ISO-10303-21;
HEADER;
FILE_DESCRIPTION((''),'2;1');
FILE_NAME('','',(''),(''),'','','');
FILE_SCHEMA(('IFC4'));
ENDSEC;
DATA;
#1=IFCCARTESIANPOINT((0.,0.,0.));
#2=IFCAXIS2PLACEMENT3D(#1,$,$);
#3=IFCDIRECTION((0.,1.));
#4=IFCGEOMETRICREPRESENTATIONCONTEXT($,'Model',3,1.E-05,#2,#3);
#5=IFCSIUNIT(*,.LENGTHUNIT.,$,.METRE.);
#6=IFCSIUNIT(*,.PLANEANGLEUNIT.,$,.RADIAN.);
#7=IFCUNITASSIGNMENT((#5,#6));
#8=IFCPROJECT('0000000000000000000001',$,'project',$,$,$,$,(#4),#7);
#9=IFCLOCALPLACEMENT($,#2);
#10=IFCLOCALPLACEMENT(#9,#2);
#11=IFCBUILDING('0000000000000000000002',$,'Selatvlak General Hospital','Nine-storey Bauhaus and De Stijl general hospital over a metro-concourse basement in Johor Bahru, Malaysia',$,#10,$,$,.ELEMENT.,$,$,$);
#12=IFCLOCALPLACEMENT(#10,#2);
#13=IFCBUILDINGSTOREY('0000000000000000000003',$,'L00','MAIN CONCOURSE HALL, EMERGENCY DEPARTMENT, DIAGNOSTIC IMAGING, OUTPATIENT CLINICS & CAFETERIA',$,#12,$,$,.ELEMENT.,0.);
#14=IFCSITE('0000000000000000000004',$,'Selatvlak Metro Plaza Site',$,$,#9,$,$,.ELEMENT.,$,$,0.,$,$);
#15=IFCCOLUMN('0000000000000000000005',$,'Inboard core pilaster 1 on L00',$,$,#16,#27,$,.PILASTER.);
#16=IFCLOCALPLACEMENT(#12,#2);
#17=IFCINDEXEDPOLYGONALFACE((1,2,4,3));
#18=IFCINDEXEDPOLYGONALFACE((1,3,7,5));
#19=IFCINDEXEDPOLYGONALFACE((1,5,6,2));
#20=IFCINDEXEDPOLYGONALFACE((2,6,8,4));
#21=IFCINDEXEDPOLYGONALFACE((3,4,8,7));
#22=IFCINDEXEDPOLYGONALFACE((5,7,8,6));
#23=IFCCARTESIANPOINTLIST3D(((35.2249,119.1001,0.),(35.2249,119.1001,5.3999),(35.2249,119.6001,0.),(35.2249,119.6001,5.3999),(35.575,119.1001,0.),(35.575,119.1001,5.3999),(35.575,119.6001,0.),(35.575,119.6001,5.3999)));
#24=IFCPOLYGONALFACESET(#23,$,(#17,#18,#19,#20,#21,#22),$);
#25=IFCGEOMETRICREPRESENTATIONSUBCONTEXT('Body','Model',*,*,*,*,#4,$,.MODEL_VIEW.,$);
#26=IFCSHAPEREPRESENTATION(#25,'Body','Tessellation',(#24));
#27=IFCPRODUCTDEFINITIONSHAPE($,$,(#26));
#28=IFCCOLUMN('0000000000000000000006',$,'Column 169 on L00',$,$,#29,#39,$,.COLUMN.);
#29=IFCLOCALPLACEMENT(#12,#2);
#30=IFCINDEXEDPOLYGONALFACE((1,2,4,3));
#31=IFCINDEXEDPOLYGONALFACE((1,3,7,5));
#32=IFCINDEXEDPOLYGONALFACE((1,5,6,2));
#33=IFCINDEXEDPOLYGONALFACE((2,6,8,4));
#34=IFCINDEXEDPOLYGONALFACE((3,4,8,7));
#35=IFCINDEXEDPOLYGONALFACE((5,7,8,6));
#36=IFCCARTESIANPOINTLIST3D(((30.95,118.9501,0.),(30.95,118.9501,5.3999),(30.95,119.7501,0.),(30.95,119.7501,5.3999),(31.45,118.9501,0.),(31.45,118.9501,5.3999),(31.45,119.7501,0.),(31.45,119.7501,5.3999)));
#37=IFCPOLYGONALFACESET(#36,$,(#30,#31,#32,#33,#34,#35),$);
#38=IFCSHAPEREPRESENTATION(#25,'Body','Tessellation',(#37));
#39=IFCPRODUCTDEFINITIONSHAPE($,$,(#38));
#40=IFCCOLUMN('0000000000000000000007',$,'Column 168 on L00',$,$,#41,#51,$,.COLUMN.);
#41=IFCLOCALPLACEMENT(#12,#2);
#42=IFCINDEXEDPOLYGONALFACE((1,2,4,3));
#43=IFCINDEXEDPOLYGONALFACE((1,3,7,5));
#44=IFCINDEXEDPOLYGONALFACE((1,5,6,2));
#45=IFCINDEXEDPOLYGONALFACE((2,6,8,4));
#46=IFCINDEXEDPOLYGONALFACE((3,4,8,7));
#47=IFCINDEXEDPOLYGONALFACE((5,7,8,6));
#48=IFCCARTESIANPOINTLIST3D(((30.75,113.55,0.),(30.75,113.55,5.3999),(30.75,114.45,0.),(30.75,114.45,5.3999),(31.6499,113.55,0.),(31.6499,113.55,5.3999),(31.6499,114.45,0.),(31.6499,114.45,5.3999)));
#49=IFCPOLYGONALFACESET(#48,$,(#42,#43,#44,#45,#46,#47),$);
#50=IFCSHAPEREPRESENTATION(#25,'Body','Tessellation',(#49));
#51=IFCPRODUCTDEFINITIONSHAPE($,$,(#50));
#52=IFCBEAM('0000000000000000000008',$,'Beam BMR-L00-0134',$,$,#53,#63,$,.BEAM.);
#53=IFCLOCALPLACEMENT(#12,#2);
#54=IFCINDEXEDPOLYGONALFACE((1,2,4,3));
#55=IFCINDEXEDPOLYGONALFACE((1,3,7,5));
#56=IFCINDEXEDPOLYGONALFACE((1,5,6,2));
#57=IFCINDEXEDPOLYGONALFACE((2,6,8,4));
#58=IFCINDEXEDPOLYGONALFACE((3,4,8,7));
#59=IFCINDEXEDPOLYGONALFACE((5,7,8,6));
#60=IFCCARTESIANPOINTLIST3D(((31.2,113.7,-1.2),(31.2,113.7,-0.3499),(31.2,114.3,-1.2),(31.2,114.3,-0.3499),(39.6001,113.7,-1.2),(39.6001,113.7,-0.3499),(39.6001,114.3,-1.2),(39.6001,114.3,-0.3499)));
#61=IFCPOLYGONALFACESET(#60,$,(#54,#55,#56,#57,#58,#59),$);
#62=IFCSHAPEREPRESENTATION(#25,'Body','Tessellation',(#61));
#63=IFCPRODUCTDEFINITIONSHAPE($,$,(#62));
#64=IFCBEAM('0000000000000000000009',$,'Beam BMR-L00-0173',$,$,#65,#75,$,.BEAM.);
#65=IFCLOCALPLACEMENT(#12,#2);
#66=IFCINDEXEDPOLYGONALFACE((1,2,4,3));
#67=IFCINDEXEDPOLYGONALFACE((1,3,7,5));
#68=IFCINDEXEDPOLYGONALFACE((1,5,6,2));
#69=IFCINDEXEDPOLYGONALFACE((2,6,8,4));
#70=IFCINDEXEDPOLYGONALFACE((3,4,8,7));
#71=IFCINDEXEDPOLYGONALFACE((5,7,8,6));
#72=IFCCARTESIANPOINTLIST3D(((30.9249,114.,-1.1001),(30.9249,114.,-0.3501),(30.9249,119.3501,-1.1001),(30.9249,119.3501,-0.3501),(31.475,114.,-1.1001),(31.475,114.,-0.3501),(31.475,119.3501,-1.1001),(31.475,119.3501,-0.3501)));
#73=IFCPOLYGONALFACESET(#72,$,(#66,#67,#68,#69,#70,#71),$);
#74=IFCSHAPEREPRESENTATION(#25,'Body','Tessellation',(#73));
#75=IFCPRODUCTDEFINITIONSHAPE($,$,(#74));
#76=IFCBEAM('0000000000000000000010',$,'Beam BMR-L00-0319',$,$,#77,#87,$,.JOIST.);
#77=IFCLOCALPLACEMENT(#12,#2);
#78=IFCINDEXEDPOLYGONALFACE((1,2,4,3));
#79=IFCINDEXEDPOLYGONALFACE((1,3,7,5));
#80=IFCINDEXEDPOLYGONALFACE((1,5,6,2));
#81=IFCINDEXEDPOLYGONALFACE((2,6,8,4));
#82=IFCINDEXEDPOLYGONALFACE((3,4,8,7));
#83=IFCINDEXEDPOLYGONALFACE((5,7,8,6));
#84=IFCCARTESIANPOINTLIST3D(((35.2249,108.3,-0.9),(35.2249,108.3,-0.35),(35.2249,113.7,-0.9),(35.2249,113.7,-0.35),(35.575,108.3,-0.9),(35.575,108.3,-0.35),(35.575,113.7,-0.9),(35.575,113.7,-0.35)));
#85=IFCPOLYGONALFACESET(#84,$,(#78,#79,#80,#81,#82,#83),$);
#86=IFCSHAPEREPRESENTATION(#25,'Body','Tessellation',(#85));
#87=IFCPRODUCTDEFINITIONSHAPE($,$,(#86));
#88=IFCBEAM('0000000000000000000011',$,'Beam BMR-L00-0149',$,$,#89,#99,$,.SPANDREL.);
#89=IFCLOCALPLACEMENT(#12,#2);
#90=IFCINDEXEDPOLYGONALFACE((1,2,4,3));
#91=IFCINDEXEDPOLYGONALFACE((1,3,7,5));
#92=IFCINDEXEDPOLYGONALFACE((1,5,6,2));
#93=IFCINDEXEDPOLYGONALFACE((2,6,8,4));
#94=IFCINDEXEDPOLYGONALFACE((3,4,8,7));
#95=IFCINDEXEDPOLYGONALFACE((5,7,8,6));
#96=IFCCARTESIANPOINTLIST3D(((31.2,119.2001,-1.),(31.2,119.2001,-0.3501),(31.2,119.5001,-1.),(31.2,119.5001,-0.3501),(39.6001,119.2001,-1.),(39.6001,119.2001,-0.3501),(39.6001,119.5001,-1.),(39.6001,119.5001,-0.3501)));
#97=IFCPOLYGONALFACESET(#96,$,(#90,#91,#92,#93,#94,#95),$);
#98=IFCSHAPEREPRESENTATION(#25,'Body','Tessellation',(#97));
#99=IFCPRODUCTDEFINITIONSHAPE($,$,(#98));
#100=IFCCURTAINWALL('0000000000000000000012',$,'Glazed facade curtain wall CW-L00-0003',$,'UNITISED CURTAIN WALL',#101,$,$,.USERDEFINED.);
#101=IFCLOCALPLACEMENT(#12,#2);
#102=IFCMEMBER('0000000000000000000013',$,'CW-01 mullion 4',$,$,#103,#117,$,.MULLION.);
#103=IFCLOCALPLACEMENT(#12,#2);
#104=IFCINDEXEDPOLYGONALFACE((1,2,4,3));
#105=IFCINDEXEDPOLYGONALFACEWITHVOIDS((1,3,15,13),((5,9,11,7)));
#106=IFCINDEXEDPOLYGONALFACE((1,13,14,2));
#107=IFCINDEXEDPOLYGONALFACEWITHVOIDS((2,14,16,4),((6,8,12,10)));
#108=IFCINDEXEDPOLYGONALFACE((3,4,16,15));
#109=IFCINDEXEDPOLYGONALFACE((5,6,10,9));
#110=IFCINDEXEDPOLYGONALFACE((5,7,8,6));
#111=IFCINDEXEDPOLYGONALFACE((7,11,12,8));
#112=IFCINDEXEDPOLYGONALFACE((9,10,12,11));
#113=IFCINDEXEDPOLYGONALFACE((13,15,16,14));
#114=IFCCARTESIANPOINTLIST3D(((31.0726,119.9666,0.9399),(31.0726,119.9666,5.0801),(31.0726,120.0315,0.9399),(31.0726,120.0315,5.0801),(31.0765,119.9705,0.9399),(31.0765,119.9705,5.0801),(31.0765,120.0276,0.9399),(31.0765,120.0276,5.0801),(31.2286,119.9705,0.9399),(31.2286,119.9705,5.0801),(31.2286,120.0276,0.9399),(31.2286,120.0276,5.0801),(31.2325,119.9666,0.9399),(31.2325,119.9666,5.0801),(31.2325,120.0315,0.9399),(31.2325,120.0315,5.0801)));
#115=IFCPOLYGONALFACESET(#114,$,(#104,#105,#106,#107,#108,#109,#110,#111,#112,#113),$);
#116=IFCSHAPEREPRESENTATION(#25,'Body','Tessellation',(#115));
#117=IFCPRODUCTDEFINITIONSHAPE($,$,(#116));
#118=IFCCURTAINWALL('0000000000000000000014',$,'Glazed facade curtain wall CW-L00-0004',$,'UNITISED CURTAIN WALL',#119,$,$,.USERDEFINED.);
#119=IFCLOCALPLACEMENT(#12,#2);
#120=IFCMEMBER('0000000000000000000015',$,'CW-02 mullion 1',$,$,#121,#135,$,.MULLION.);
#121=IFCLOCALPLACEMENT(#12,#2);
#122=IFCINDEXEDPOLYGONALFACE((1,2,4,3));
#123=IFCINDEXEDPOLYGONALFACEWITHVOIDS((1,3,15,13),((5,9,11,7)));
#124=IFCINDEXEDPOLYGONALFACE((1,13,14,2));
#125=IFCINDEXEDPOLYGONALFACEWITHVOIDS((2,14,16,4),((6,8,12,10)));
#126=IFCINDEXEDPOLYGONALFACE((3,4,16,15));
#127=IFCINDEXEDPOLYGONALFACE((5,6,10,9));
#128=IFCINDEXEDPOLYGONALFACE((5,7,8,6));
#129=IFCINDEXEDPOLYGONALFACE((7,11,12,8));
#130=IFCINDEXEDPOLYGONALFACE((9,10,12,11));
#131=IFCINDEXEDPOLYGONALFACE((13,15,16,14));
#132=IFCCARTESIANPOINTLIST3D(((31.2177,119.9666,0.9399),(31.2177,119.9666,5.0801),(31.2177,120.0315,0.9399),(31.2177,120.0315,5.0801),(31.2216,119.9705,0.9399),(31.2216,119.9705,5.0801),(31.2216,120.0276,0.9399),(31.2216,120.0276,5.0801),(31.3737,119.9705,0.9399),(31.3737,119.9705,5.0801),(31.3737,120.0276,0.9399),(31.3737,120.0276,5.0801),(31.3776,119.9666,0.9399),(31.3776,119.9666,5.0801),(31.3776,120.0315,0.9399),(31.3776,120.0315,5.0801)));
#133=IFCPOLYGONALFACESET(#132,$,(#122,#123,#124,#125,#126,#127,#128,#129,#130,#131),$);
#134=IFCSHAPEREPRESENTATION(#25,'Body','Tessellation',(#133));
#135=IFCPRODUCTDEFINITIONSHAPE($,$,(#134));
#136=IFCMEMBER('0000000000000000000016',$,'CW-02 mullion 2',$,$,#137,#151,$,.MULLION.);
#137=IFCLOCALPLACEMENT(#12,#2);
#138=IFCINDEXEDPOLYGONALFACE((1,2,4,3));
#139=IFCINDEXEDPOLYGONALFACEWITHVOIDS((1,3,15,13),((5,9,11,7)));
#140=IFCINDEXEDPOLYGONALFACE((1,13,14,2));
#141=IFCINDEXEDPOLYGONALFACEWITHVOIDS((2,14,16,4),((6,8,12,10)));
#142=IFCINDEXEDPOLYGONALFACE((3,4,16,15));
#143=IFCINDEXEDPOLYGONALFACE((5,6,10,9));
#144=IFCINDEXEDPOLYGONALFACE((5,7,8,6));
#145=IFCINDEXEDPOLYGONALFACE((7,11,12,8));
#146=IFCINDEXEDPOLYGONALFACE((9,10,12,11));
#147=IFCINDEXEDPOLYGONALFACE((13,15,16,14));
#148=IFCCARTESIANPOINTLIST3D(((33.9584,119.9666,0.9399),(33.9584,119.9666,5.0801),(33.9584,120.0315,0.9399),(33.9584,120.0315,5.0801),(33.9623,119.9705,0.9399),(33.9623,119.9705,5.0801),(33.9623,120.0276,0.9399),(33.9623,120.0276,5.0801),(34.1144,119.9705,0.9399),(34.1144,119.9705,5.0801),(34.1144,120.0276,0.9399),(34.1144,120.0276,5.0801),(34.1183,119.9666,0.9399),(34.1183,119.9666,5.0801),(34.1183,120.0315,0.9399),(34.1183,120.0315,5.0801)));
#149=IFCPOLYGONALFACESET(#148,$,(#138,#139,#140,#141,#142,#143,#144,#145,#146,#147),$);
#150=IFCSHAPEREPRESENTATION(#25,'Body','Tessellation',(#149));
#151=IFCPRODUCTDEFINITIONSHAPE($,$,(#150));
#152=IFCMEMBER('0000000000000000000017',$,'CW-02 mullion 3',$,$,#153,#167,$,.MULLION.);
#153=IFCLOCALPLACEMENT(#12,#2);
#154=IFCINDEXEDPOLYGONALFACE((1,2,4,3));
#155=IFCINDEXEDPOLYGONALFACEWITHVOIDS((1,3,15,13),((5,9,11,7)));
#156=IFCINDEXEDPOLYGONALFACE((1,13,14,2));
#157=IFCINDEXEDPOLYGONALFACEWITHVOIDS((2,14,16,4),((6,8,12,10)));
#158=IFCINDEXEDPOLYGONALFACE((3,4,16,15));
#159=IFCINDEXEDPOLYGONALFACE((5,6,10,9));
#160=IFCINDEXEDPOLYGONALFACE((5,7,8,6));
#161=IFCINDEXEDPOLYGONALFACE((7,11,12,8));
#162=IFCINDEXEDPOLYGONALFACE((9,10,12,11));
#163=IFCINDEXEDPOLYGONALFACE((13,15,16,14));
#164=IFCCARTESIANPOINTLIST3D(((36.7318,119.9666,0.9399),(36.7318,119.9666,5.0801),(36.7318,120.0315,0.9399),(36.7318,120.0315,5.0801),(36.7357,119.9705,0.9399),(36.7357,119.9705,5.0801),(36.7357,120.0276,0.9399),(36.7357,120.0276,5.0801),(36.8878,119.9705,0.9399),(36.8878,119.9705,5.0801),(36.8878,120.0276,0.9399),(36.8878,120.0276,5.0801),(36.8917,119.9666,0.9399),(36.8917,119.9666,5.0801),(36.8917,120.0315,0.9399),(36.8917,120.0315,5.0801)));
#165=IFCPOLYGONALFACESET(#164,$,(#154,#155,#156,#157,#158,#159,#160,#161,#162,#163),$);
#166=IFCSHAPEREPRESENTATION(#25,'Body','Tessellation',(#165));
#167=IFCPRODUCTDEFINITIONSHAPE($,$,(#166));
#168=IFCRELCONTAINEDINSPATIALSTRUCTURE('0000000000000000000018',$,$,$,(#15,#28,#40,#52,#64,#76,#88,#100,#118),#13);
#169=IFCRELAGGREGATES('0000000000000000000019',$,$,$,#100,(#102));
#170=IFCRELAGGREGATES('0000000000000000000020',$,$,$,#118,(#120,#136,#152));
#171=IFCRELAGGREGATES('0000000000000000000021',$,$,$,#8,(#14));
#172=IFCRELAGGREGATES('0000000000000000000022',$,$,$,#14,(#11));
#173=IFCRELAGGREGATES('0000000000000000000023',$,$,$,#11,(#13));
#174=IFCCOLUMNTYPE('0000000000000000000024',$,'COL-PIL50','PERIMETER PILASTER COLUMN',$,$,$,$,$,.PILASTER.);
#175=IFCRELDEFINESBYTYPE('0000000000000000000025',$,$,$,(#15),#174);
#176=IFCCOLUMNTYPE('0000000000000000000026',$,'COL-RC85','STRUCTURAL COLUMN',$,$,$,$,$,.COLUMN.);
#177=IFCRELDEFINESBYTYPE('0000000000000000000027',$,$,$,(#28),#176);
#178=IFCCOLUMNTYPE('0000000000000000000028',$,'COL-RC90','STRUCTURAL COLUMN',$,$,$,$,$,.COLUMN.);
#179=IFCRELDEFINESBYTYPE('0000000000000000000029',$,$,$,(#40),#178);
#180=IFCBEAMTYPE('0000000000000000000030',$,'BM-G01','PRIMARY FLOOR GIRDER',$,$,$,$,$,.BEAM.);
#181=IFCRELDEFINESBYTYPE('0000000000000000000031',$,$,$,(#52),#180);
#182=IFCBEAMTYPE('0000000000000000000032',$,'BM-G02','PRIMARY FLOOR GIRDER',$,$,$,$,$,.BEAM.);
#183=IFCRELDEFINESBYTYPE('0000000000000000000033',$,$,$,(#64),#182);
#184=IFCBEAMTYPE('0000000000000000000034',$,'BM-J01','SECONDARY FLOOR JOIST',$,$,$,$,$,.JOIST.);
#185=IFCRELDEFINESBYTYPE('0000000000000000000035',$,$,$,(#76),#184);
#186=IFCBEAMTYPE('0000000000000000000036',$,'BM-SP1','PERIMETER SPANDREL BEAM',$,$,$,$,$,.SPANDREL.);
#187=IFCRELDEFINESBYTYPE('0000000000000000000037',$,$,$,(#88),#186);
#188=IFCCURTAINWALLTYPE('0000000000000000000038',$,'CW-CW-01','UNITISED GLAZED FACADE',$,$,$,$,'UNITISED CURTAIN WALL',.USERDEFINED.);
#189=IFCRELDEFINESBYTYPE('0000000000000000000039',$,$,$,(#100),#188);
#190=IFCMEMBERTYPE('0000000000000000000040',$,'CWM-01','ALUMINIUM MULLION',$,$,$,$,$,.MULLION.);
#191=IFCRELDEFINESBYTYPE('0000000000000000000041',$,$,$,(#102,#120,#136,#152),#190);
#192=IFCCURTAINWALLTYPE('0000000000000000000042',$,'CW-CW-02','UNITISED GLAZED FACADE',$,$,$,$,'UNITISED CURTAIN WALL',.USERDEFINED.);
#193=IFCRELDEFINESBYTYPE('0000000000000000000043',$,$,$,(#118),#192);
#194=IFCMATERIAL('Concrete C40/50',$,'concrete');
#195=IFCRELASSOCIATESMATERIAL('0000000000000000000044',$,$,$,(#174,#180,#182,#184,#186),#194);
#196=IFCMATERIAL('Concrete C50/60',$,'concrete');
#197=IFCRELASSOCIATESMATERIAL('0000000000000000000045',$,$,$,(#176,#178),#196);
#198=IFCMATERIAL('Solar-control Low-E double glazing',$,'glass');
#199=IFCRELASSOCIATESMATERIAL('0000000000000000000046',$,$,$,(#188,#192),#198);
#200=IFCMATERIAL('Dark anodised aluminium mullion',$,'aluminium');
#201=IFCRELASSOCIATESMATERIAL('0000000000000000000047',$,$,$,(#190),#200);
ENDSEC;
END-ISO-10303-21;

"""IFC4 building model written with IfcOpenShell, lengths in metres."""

from ifc_helpers import new_model, si_unit, direction, frame, origin, origin_2d, place, context, subcontext, project, spatial, rectangle, hollow_rectangle, extrude, material, material_profile, profile_set, type_object, element, aggregate, save


model = new_model("IFC4")

# Units and contexts
model_context = context("Model", 3, precision=1e-05, world=origin(), true_north=direction((0.0, 1.0)))
body_context = subcontext(model_context, "Body", "Model", "MODEL_VIEW")
ifc_project = project(units=[si_unit("LENGTHUNIT", "METRE"), si_unit("PLANEANGLEUNIT", "RADIAN")], contexts=[model_context])

# Site, building, storey
site_placement = place(None, origin())
site = spatial("IfcSite", under=ifc_project, at=site_placement, Name="Selatvlak Metro Plaza Site", CompositionType="ELEMENT", RefElevation=0.0)
building_placement = place(site_placement, origin())
building = spatial("IfcBuilding", under=site, at=building_placement, Name="Selatvlak General Hospital", Description="Nine-storey Bauhaus and De Stijl general hospital over a metro-concourse basement in Johor Bahru, Malaysia", CompositionType="ELEMENT")
storey_placement = place(building_placement, origin())
storey = spatial("IfcBuildingStorey", under=building, at=storey_placement, Name="L00", Description="MAIN CONCOURSE HALL, EMERGENCY DEPARTMENT, DIAGNOSTIC IMAGING, OUTPATIENT CLINICS & CAFETERIA", CompositionType="ELEMENT", Elevation=0.0)

# Columns
ifc_material_1 = material(Name="Concrete C40/50", Category="concrete")
ifc_material_profile_1 = material_profile(ifc_material_1, rectangle(XDim=0.3501, YDim=0.5, at=origin_2d()), Name="RC-PIL 500x350")
ifc_profile_set_1 = profile_set([ifc_material_profile_1], Name="Concrete C40/50")
column_type_1 = type_object("IfcColumnType", Name="COL-PIL50", Description="PERIMETER PILASTER COLUMN", PredefinedType="PILASTER", material=ifc_profile_set_1)
column_1_placement = place(storey_placement, frame((35.3999, 119.3501, 0.0), z_axis=(0.0, 0.0, 1.0), x_axis=(1.0, 0.0, 0.0)))
element("IfcColumn", 1, at=column_1_placement, inside=storey, type_object=column_type_1, Name="Inboard core pilaster 1 on L00", PredefinedType="PILASTER", context=body_context, shape_type="SweptSolid", body=[
    extrude(rectangle(XDim=0.3501, YDim=0.5, at=origin_2d()), origin(), (0.0, 0.0, 1.0), 5.3999),
])
ifc_material_2 = material(Name="Concrete C50/60", Category="concrete")
ifc_material_profile_2 = material_profile(ifc_material_2, rectangle(XDim=0.5, YDim=0.8, at=origin_2d()), Name="RC-COL 800x500")
ifc_profile_set_2 = profile_set([ifc_material_profile_2], Name="Concrete C50/60")
column_type_2 = type_object("IfcColumnType", Name="COL-RC85", Description="STRUCTURAL COLUMN", PredefinedType="COLUMN", material=ifc_profile_set_2)
column_2_placement = place(storey_placement, frame((31.2, 119.3501, 0.0), z_axis=(0.0, 0.0, 1.0), x_axis=(1.0, 0.0, 0.0)))
element("IfcColumn", 2, at=column_2_placement, inside=storey, type_object=column_type_2, Name="Column 169 on L00", PredefinedType="COLUMN", context=body_context, shape_type="SweptSolid", body=[
    extrude(rectangle(XDim=0.5, YDim=0.8, at=origin_2d()), origin(), (0.0, 0.0, 1.0), 5.3999),
])
ifc_material_profile_3 = material_profile(ifc_material_2, rectangle(XDim=0.8999, YDim=0.8999, at=origin_2d()), Name="RC-COL 900x900")
ifc_profile_set_3 = profile_set([ifc_material_profile_3], Name="Concrete C50/60")
column_type_3 = type_object("IfcColumnType", Name="COL-RC90", Description="STRUCTURAL COLUMN", PredefinedType="COLUMN", material=ifc_profile_set_3)
column_3_placement = place(storey_placement, frame((31.2, 114.0, 0.0), z_axis=(0.0, 0.0, 1.0), x_axis=(1.0, 0.0, 0.0)))
element("IfcColumn", 3, at=column_3_placement, inside=storey, type_object=column_type_3, Name="Column 168 on L00", PredefinedType="COLUMN", context=body_context, shape_type="SweptSolid", body=[
    extrude(rectangle(XDim=0.8999, YDim=0.8999, at=origin_2d()), origin(), (0.0, 0.0, 1.0), 5.3999),
])

# Beams
ifc_material_profile_4 = material_profile(ifc_material_1, rectangle(XDim=0.6001, YDim=0.8501, at=origin_2d()), Name="RC-BM 600x850")
ifc_profile_set_4 = profile_set([ifc_material_profile_4], Name="Concrete C40/50")
beam_type_1 = type_object("IfcBeamType", Name="BM-G01", Description="PRIMARY FLOOR GIRDER", PredefinedType="BEAM", material=ifc_profile_set_4)
beam_1_placement = place(storey_placement, frame((31.2, 114.0, -0.7749), z_axis=(1.0, 0.0, 0.0), x_axis=(0.0, 1.0, 0.0)))
element("IfcBeam", 4, at=beam_1_placement, inside=storey, type_object=beam_type_1, Name="Beam BMR-L00-0134", PredefinedType="BEAM", context=body_context, shape_type="SweptSolid", body=[
    extrude(rectangle(XDim=0.6001, YDim=0.8501, at=origin_2d()), origin(), (0.0, 0.0, 1.0), 8.4001),
])
ifc_material_profile_5 = material_profile(ifc_material_1, rectangle(XDim=0.55, YDim=0.75, at=origin_2d()), Name="RC-BM 550x750")
ifc_profile_set_5 = profile_set([ifc_material_profile_5], Name="Concrete C40/50")
beam_type_2 = type_object("IfcBeamType", Name="BM-G02", Description="PRIMARY FLOOR GIRDER", PredefinedType="BEAM", material=ifc_profile_set_5)
beam_2_placement = place(storey_placement, frame((31.2, 114.0, -0.7251), z_axis=(0.0, 1.0, 0.0), x_axis=(-1.0, 0.0, 0.0)))
element("IfcBeam", 5, at=beam_2_placement, inside=storey, type_object=beam_type_2, Name="Beam BMR-L00-0173", PredefinedType="BEAM", context=body_context, shape_type="SweptSolid", body=[
    extrude(rectangle(XDim=0.55, YDim=0.75, at=origin_2d()), origin(), (0.0, 0.0, 1.0), 5.3501),
])
ifc_material_profile_6 = material_profile(ifc_material_1, rectangle(XDim=0.3501, YDim=0.55, at=origin_2d()), Name="RC-BM 350x550")
ifc_profile_set_6 = profile_set([ifc_material_profile_6], Name="Concrete C40/50")
beam_type_3 = type_object("IfcBeamType", Name="BM-J01", Description="SECONDARY FLOOR JOIST", PredefinedType="JOIST", material=ifc_profile_set_6)
beam_3_placement = place(storey_placement, frame((35.3999, 108.3, -0.625), z_axis=(0.0, 1.0, 0.0), x_axis=(-1.0, 0.0, 0.0)))
element("IfcBeam", 6, at=beam_3_placement, inside=storey, type_object=beam_type_3, Name="Beam BMR-L00-0319", PredefinedType="JOIST", context=body_context, shape_type="SweptSolid", body=[
    extrude(rectangle(XDim=0.3501, YDim=0.55, at=origin_2d()), origin(), (0.0, 0.0, 1.0), 5.3999),
])
ifc_material_profile_7 = material_profile(ifc_material_1, rectangle(XDim=0.3, YDim=0.6499, at=origin_2d()), Name="RC-SP 300x650")
ifc_profile_set_7 = profile_set([ifc_material_profile_7], Name="Concrete C40/50")
beam_type_4 = type_object("IfcBeamType", Name="BM-SP1", Description="PERIMETER SPANDREL BEAM", PredefinedType="SPANDREL", material=ifc_profile_set_7)
beam_4_placement = place(storey_placement, frame((31.2, 119.3501, -0.675), z_axis=(1.0, 0.0, 0.0), x_axis=(0.0, 1.0, 0.0)))
element("IfcBeam", 7, at=beam_4_placement, inside=storey, type_object=beam_type_4, Name="Beam BMR-L00-0149", PredefinedType="SPANDREL", context=body_context, shape_type="SweptSolid", body=[
    extrude(rectangle(XDim=0.3, YDim=0.6499, at=origin_2d()), origin(), (0.0, 0.0, 1.0), 8.4001),
])

# Curtain wall, member
ifc_material_3 = material(Name="Solar-control Low-E double glazing", Category="glass")
curtain_wall_type_1 = type_object("IfcCurtainWallType", Name="CW-CW-01", Description="UNITISED GLAZED FACADE", ElementType="UNITISED CURTAIN WALL", PredefinedType="USERDEFINED", material=ifc_material_3)
curtain_wall_1_placement = place(storey_placement, origin())
curtain_wall_1 = element("IfcCurtainWall", 8, at=curtain_wall_1_placement, inside=storey, type_object=curtain_wall_type_1, Name="Glazed facade curtain wall CW-L00-0003", ObjectType="UNITISED CURTAIN WALL", PredefinedType="USERDEFINED")
ifc_material_4 = material(Name="Dark anodised aluminium mullion", Category="aluminium")
ifc_material_profile_8 = material_profile(ifc_material_4, hollow_rectangle(XDim=0.0649, YDim=0.1599, WallThickness=0.0039, at=origin_2d()), Name="AL-MUL 65x160x4")
ifc_profile_set_8 = profile_set([ifc_material_profile_8], Name="Dark anodised aluminium mullion")
member_type_1 = type_object("IfcMemberType", Name="CWM-01", Description="ALUMINIUM MULLION", PredefinedType="MULLION", material=ifc_profile_set_8)
member_1_placement = place(storey_placement, frame((31.1526, 119.999, 0.9399), z_axis=(0.0, 0.0, 1.0), x_axis=(0.0, 1.0, 0.0)))
member_1 = element("IfcMember", 9, at=member_1_placement, type_object=member_type_1, Name="CW-01 mullion 4", PredefinedType="MULLION", context=body_context, shape_type="SweptSolid", body=[
    extrude(hollow_rectangle(XDim=0.0649, YDim=0.1599, WallThickness=0.0039, at=origin_2d()), origin(), (0.0, 0.0, 1.0), 4.1401),
])
aggregate(curtain_wall_1, [member_1])

# Curtain wall, members
curtain_wall_type_2 = type_object("IfcCurtainWallType", Name="CW-CW-02", Description="UNITISED GLAZED FACADE", ElementType="UNITISED CURTAIN WALL", PredefinedType="USERDEFINED", material=ifc_material_3)
curtain_wall_2_placement = place(storey_placement, origin())
curtain_wall_2 = element("IfcCurtainWall", 10, at=curtain_wall_2_placement, inside=storey, type_object=curtain_wall_type_2, Name="Glazed facade curtain wall CW-L00-0004", ObjectType="UNITISED CURTAIN WALL", PredefinedType="USERDEFINED")
member_2_placement = place(storey_placement, frame((31.2976, 119.999, 0.9399), z_axis=(0.0, 0.0, 1.0), x_axis=(0.0, 1.0, 0.0)))
member_2 = element("IfcMember", 11, at=member_2_placement, type_object=member_type_1, Name="CW-02 mullion 1", PredefinedType="MULLION", context=body_context, shape_type="SweptSolid", body=[
    extrude(hollow_rectangle(XDim=0.0649, YDim=0.1599, WallThickness=0.0039, at=origin_2d()), origin(), (0.0, 0.0, 1.0), 4.1401),
])
member_3_placement = place(storey_placement, frame((34.0383, 119.999, 0.9399), z_axis=(0.0, 0.0, 1.0), x_axis=(0.0, 1.0, 0.0)))
member_3 = element("IfcMember", 12, at=member_3_placement, type_object=member_type_1, Name="CW-02 mullion 2", PredefinedType="MULLION", context=body_context, shape_type="SweptSolid", body=[
    extrude(hollow_rectangle(XDim=0.0649, YDim=0.1599, WallThickness=0.0039, at=origin_2d()), origin(), (0.0, 0.0, 1.0), 4.1401),
])
member_4_placement = place(storey_placement, frame((36.8118, 119.999, 0.9399), z_axis=(0.0, 0.0, 1.0), x_axis=(0.0, 1.0, 0.0)))
member_4 = element("IfcMember", 13, at=member_4_placement, type_object=member_type_1, Name="CW-02 mullion 3", PredefinedType="MULLION", context=body_context, shape_type="SweptSolid", body=[
    extrude(hollow_rectangle(XDim=0.0649, YDim=0.1599, WallThickness=0.0039, at=origin_2d()), origin(), (0.0, 0.0, 1.0), 4.1401),
])
aggregate(curtain_wall_2, [member_2, member_3, member_4])

save(model, "model.ifc")
